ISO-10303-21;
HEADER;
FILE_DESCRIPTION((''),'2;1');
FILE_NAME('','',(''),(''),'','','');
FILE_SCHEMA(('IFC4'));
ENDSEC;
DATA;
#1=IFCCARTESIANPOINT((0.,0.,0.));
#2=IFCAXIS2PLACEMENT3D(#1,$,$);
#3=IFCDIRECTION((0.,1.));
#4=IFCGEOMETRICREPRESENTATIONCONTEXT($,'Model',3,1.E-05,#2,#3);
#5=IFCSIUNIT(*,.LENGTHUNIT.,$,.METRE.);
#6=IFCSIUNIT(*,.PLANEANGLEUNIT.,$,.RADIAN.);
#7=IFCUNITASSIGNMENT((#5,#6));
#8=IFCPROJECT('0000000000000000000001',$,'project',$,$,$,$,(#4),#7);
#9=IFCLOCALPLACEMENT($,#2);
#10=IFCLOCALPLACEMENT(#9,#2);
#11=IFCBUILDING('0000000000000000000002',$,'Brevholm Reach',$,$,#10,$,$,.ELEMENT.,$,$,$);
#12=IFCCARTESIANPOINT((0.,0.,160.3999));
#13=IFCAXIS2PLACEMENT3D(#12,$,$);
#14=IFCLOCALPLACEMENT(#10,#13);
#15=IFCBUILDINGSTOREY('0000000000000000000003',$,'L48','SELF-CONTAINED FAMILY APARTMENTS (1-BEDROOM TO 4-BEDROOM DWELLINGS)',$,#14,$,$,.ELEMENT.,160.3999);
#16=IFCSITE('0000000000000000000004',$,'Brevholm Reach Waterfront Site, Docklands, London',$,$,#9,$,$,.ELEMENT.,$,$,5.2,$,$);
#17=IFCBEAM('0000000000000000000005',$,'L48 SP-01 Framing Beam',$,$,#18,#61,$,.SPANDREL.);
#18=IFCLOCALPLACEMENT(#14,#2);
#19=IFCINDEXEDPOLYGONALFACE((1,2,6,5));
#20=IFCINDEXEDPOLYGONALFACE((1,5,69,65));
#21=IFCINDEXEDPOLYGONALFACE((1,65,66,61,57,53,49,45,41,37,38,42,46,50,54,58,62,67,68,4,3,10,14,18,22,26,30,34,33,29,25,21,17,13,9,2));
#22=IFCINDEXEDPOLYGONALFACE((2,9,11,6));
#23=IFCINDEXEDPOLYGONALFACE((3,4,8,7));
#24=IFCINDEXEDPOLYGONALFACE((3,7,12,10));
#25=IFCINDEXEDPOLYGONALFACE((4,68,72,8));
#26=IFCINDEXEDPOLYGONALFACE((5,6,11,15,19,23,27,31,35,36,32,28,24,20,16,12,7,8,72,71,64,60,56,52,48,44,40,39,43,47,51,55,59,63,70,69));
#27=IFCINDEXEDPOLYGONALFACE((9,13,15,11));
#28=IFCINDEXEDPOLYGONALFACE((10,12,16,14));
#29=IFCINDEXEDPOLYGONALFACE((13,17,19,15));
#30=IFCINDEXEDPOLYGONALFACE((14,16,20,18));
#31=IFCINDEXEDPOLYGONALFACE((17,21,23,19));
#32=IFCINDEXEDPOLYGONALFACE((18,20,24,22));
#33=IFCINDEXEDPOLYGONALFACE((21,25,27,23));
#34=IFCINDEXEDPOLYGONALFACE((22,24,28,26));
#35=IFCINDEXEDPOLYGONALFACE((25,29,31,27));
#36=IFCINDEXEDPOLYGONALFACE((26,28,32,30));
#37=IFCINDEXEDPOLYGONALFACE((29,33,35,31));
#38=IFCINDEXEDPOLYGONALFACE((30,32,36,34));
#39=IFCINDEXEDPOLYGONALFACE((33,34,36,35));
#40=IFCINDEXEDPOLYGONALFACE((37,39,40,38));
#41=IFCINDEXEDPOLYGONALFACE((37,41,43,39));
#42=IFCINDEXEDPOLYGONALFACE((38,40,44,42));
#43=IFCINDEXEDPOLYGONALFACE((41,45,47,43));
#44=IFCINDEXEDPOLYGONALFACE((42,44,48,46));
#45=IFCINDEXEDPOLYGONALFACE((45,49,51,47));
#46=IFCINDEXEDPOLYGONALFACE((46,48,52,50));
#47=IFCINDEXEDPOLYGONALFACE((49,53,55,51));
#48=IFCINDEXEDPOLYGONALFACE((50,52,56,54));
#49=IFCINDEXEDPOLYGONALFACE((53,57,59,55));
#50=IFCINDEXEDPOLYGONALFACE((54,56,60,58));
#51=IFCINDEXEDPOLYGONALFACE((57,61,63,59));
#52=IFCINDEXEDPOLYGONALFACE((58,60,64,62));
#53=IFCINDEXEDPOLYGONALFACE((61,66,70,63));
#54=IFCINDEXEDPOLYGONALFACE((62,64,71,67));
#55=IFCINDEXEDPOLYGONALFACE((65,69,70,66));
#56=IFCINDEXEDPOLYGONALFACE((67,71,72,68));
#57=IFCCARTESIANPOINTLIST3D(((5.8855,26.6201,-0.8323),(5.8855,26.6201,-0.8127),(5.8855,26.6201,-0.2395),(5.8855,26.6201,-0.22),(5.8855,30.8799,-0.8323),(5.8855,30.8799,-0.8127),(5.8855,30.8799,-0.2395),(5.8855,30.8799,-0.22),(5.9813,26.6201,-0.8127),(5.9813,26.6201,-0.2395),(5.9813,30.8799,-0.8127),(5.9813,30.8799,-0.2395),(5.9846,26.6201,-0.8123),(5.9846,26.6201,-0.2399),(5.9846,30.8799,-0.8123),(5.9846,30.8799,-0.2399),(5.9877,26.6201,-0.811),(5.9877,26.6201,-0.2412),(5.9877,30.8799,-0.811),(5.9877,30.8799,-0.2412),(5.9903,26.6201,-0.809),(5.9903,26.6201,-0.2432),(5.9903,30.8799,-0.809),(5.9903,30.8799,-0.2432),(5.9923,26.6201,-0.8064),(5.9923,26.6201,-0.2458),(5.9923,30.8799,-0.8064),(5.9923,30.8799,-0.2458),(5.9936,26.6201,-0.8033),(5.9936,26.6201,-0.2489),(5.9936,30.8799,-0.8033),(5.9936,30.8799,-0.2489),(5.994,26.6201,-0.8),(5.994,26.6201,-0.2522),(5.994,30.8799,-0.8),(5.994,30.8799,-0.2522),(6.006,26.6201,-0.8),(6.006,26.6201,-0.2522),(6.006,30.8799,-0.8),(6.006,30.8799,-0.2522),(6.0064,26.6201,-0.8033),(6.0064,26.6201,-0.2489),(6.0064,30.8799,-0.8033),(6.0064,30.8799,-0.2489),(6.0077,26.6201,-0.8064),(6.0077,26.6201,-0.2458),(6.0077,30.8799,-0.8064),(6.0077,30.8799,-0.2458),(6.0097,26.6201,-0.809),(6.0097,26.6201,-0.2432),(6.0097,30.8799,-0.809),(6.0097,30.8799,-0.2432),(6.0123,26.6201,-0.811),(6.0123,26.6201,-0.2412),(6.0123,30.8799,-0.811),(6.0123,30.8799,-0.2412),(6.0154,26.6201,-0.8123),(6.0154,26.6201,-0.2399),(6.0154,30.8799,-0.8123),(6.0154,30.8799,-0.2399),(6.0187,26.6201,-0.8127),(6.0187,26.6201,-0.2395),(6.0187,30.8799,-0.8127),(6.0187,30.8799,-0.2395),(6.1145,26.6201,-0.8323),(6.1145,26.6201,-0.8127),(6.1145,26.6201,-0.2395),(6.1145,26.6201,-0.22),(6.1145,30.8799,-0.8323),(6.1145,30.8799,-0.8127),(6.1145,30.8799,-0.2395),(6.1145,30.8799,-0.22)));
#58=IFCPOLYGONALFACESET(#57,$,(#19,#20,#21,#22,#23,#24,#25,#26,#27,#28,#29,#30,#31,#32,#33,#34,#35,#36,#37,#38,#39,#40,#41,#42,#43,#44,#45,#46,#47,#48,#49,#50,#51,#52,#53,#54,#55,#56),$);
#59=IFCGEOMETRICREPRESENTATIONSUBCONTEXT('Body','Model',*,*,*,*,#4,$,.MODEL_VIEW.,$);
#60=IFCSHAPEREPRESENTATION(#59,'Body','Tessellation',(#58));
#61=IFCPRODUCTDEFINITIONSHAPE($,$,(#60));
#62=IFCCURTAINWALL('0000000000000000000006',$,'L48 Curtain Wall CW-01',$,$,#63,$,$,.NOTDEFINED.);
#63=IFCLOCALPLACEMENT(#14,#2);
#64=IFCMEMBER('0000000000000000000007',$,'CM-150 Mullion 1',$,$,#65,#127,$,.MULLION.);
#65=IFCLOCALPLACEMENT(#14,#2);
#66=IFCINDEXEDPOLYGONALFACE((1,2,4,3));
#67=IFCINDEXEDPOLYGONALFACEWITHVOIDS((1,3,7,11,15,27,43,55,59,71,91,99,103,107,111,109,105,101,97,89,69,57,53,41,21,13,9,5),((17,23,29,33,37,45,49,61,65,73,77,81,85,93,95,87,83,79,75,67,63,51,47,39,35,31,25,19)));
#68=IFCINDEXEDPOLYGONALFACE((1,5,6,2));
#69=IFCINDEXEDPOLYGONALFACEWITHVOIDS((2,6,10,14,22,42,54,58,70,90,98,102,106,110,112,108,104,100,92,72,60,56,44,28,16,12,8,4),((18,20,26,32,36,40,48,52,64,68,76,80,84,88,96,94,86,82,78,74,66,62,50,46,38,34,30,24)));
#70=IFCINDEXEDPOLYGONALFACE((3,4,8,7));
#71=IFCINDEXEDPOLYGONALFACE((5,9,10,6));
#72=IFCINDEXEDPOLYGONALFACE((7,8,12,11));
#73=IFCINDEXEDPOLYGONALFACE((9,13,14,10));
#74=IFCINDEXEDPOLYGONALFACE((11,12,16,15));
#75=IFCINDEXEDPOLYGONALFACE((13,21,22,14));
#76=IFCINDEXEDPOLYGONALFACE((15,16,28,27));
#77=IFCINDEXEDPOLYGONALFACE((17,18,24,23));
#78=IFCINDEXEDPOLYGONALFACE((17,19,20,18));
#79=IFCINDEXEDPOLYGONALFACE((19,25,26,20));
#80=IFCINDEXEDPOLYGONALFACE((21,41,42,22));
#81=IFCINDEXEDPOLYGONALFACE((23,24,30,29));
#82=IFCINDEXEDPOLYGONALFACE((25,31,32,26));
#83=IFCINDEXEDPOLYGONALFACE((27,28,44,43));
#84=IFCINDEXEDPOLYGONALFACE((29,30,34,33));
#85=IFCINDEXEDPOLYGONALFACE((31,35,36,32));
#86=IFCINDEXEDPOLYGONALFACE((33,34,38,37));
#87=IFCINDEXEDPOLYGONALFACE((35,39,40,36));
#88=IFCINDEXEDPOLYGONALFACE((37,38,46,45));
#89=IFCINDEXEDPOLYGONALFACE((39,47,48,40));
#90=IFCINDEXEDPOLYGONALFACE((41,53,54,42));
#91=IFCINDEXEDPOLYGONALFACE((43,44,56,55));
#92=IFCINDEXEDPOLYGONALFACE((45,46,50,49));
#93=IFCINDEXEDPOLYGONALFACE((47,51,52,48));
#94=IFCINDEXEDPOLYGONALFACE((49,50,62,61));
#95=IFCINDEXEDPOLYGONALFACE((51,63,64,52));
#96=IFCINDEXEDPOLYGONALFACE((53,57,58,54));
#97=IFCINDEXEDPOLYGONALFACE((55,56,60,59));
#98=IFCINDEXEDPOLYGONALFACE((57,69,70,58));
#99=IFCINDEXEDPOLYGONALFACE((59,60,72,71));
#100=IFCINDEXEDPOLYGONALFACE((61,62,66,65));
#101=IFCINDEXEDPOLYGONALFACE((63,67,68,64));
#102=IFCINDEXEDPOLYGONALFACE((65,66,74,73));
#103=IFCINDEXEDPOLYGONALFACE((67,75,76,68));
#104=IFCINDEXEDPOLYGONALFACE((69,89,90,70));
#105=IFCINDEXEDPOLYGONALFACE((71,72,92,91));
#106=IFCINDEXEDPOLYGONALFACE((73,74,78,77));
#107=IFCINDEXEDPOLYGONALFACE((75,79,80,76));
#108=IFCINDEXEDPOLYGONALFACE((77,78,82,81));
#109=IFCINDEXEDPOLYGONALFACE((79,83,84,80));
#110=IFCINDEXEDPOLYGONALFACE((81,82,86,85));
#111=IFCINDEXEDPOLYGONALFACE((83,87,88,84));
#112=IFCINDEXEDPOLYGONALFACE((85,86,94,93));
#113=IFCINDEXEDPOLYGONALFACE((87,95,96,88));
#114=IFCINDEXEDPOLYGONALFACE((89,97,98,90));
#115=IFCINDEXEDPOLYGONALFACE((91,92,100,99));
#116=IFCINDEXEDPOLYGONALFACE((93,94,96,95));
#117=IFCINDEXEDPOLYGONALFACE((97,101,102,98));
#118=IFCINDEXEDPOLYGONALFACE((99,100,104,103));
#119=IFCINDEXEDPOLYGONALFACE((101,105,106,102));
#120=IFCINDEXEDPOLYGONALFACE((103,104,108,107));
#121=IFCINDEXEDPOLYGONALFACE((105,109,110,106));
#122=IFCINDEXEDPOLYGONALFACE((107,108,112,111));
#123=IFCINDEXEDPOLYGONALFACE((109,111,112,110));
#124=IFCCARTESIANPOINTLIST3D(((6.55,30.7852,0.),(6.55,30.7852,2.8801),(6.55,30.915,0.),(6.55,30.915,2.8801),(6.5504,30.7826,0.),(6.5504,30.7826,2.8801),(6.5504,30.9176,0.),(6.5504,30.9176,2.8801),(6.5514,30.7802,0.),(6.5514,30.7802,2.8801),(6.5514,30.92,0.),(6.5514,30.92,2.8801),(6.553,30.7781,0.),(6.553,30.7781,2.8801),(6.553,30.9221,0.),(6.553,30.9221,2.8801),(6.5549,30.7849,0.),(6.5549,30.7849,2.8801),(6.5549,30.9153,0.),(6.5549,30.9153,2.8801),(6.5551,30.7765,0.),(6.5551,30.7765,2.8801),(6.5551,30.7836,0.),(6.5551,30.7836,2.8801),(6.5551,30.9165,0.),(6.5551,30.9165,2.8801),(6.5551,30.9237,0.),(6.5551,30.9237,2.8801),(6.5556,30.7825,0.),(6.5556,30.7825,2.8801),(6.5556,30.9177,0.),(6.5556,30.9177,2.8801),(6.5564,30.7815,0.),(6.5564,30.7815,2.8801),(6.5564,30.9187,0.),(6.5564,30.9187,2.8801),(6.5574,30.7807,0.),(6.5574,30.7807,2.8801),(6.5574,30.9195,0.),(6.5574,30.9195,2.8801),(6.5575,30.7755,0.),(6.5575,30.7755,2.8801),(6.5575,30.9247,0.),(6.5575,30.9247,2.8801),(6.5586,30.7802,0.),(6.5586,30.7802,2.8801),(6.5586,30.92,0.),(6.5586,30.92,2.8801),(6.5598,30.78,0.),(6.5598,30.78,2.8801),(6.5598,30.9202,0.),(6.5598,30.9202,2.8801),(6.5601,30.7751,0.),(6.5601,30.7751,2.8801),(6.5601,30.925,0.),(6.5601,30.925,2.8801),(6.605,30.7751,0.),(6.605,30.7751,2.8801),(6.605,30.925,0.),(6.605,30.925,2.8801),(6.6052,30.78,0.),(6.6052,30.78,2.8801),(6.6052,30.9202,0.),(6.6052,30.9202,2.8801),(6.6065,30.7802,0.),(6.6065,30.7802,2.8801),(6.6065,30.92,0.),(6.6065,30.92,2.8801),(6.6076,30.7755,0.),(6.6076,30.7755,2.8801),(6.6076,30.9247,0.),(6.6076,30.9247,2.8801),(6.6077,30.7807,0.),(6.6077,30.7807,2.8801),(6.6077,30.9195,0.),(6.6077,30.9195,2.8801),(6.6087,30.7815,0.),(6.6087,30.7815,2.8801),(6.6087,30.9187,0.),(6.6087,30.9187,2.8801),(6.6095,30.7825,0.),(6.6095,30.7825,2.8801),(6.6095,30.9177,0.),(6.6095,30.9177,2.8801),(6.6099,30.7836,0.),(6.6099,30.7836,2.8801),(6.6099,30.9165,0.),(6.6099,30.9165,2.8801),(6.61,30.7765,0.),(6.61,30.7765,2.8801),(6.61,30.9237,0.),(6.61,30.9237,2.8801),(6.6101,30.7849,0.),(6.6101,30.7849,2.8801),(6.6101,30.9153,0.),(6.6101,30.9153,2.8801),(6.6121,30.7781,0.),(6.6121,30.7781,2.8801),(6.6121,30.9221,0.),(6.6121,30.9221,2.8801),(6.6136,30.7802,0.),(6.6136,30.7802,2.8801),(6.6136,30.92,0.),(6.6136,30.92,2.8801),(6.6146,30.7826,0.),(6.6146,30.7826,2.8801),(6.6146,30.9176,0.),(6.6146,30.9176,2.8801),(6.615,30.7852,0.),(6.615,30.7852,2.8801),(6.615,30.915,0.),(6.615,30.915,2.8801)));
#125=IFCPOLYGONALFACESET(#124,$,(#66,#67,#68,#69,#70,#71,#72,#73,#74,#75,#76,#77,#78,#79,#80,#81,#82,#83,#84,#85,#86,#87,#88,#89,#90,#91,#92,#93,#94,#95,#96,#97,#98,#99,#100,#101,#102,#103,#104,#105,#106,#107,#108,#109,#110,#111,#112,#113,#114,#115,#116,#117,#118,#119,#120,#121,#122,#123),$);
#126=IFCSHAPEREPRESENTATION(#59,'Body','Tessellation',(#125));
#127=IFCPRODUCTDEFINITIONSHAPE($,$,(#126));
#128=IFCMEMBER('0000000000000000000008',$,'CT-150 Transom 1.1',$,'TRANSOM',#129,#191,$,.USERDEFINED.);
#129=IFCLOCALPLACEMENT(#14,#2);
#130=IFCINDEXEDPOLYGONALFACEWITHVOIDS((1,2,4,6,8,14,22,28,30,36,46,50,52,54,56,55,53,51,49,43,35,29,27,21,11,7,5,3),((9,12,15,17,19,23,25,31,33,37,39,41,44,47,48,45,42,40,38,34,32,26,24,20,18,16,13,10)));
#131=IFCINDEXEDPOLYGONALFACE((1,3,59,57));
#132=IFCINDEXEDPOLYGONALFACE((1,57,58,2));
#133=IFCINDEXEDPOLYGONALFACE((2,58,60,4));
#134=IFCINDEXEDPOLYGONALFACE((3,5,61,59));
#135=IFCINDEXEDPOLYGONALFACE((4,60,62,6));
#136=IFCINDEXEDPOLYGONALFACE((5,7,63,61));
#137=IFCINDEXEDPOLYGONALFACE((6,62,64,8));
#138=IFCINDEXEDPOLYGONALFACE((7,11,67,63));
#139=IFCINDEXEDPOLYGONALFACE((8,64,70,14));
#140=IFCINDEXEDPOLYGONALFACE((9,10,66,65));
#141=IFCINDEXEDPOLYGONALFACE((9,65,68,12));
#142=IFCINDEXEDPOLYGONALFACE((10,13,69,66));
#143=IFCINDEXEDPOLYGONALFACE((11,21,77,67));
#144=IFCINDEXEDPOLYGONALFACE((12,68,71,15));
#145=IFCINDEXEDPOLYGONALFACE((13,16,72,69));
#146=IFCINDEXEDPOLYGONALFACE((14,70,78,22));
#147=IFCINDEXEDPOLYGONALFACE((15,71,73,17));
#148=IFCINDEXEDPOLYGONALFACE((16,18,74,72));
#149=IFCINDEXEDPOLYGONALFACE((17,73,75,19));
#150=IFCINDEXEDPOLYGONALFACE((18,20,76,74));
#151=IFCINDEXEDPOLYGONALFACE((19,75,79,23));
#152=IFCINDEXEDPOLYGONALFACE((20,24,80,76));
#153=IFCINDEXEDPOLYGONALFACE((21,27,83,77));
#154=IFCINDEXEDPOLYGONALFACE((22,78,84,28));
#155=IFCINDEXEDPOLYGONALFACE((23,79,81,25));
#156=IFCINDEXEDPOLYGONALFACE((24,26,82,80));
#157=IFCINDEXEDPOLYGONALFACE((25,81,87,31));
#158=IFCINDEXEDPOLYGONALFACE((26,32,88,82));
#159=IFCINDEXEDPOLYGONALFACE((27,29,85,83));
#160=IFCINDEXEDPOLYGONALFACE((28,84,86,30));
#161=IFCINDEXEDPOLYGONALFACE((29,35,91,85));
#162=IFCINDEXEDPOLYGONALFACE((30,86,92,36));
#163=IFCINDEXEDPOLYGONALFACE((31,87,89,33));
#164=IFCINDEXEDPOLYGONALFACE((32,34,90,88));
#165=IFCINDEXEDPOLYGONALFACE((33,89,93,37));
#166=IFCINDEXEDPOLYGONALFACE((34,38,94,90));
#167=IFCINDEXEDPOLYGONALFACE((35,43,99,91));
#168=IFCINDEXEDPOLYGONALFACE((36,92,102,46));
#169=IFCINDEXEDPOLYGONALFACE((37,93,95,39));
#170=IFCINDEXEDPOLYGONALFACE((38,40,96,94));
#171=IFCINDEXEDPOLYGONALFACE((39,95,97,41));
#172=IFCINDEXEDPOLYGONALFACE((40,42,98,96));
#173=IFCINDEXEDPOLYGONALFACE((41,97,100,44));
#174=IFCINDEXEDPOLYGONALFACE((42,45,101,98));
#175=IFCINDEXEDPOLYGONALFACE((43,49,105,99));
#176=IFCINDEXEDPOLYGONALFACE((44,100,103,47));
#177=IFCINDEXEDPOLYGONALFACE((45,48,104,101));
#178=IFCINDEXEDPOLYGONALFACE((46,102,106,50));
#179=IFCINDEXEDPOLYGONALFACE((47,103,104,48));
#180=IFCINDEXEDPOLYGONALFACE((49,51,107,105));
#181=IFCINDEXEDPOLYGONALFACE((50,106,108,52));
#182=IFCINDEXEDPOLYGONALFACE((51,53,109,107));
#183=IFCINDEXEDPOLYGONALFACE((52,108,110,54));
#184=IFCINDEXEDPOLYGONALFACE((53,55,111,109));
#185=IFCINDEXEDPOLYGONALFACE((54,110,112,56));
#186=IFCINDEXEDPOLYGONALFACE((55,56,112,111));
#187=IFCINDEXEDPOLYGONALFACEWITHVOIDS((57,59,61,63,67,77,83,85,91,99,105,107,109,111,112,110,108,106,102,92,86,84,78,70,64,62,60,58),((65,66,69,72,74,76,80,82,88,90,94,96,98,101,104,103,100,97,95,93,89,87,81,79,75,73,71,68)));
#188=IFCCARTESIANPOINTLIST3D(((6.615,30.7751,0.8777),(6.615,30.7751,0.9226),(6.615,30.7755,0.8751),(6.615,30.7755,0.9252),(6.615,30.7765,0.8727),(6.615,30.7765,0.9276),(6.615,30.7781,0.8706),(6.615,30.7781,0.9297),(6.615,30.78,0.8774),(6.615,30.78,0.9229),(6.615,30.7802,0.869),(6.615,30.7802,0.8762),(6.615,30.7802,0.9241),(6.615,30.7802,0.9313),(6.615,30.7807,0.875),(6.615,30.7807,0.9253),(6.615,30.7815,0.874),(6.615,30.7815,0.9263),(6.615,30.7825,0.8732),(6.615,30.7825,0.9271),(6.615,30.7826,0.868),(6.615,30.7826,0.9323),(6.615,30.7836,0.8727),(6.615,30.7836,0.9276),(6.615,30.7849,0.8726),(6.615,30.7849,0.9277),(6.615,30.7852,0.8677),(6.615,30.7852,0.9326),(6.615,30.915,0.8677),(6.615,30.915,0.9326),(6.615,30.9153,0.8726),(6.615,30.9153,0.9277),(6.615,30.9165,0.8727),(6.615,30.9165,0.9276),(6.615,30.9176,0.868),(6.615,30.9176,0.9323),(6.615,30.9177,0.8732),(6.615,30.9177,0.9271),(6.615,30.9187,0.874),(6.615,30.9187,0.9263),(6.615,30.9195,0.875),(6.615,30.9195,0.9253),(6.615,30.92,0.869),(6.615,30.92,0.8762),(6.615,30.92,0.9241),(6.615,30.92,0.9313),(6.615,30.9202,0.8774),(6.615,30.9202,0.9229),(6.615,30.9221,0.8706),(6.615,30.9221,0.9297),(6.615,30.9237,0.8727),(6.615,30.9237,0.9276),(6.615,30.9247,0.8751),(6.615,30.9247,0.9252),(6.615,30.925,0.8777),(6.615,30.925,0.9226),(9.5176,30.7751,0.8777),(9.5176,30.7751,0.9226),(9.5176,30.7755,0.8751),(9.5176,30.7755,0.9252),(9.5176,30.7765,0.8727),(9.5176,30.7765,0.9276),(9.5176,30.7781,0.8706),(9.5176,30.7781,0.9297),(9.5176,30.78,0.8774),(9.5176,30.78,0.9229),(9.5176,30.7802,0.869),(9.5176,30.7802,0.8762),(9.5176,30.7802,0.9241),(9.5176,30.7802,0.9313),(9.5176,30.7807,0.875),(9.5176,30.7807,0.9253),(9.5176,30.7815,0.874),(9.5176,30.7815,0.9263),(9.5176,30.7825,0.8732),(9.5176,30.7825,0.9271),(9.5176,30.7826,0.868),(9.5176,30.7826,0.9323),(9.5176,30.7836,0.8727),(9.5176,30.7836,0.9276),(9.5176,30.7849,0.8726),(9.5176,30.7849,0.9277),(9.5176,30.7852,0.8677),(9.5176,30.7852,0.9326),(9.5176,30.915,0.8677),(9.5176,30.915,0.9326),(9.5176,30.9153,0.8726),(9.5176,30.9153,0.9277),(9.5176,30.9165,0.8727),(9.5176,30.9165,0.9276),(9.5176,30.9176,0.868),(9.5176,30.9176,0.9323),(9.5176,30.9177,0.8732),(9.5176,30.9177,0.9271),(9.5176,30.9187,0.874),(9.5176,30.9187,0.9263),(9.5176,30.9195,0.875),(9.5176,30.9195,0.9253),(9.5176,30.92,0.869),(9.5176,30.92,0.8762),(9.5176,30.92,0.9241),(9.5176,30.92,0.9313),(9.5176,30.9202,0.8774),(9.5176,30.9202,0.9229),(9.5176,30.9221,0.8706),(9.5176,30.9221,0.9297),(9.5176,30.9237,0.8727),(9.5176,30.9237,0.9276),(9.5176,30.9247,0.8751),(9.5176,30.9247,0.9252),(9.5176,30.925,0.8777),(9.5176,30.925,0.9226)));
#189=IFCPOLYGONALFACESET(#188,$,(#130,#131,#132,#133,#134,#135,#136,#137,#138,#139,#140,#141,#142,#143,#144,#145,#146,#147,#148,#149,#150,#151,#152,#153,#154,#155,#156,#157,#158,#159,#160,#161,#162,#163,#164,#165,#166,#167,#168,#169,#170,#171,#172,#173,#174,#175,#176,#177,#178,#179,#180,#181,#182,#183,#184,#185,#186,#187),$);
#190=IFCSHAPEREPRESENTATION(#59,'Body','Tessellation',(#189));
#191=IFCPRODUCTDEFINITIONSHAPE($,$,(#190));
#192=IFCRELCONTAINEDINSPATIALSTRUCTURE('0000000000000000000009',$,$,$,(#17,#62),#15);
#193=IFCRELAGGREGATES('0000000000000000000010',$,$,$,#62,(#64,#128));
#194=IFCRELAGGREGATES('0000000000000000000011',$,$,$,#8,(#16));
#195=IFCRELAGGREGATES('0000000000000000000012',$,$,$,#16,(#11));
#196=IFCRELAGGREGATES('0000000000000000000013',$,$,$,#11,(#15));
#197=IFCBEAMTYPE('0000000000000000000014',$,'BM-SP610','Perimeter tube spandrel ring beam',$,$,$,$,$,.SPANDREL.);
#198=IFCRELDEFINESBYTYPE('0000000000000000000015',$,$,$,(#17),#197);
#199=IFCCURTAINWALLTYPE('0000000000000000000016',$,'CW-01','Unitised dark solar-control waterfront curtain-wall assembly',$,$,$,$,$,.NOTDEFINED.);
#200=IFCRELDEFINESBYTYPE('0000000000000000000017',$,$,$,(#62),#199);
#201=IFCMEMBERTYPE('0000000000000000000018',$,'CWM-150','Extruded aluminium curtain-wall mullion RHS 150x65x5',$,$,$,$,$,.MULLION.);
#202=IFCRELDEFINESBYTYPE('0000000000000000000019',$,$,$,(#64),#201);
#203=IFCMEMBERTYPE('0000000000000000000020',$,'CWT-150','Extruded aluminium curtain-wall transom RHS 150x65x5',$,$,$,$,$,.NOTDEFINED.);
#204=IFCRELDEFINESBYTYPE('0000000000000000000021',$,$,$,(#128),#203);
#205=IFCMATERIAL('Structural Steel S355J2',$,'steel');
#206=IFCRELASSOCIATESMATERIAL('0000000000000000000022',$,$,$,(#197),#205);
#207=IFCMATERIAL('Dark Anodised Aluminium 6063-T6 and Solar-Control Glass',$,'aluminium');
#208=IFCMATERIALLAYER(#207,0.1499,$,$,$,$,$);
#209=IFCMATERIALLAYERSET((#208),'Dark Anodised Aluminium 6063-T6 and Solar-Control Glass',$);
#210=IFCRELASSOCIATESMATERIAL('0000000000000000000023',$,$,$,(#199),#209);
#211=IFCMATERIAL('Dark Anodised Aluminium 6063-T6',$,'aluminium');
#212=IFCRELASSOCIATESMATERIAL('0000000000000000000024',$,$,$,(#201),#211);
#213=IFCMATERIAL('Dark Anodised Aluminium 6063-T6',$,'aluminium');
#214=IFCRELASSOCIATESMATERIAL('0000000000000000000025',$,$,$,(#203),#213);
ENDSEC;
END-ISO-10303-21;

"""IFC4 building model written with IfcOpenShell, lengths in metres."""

from ifc_helpers import new_model, si_unit, direction, frame, origin, origin_2d, place, context, subcontext, project, spatial, hollow_rectangle, i_section, extrude, material, layer, layer_set, material_profile, profile_set, type_object, element, aggregate, save


model = new_model("IFC4")

# Units and contexts
model_context = context("Model", 3, precision=1e-05, world=origin(), true_north=direction((0.0, 1.0)))
body_context = subcontext(model_context, "Body", "Model", "MODEL_VIEW")
ifc_project = project(units=[si_unit("LENGTHUNIT", "METRE"), si_unit("PLANEANGLEUNIT", "RADIAN")], contexts=[model_context])

# Site, building, storey
site_placement = place(None, origin())
site = spatial("IfcSite", under=ifc_project, at=site_placement, Name="Brevholm Reach Waterfront Site, Docklands, London", CompositionType="ELEMENT", RefElevation=5.2)
building_placement = place(site_placement, origin())
building = spatial("IfcBuilding", under=site, at=building_placement, Name="Brevholm Reach", CompositionType="ELEMENT")
storey_placement = place(building_placement, frame((0.0, 0.0, 160.3999)))
storey = spatial("IfcBuildingStorey", under=building, at=storey_placement, Name="L48", Description="SELF-CONTAINED FAMILY APARTMENTS (1-BEDROOM TO 4-BEDROOM DWELLINGS)", CompositionType="ELEMENT", Elevation=160.3999)

# Beam
ifc_material_1 = material(Name="Structural Steel S355J2", Category="steel")
ifc_material_profile_1 = material_profile(ifc_material_1, i_section(OverallWidth=0.229, OverallDepth=0.6123, WebThickness=0.012, FlangeThickness=0.0195, FilletRadius=0.0127, at=origin_2d()), Name="UKB 610x229x125")
ifc_profile_set_1 = profile_set([ifc_material_profile_1], Name="Structural Steel S355J2")
beam_type_1 = type_object("IfcBeamType", Name="BM-SP610", Description="Perimeter tube spandrel ring beam", PredefinedType="SPANDREL", material=ifc_profile_set_1)
beam_1_placement = place(storey_placement, frame((6.0, 26.6201, -0.5261), z_axis=(0.0, 1.0, 0.0), x_axis=(-1.0, 0.0, 0.0)))
element("IfcBeam", 1, at=beam_1_placement, inside=storey, type_object=beam_type_1, Name="L48 SP-01 Framing Beam", PredefinedType="SPANDREL", context=body_context, shape_type="SweptSolid", body=[
    extrude(i_section(OverallWidth=0.229, OverallDepth=0.6123, WebThickness=0.012, FlangeThickness=0.0195, FilletRadius=0.0127, at=origin_2d()), origin(), (0.0, 0.0, 1.0), 4.2598),
])

# Curtain wall, members
ifc_material_2 = material(Name="Dark Anodised Aluminium 6063-T6 and Solar-Control Glass", Category="aluminium")
ifc_layer_1 = layer(ifc_material_2, 0.1499)
ifc_layer_set_1 = layer_set([ifc_layer_1], Name="Dark Anodised Aluminium 6063-T6 and Solar-Control Glass")
curtain_wall_type = type_object("IfcCurtainWallType", Name="CW-01", Description="Unitised dark solar-control waterfront curtain-wall assembly", PredefinedType="NOTDEFINED", material=ifc_layer_set_1)
curtain_wall_placement = place(storey_placement, origin())
curtain_wall = element("IfcCurtainWall", 2, at=curtain_wall_placement, inside=storey, type_object=curtain_wall_type, Name="L48 Curtain Wall CW-01", PredefinedType="NOTDEFINED")
ifc_material_3 = material(Name="Dark Anodised Aluminium 6063-T6", Category="aluminium")
ifc_material_profile_2 = material_profile(ifc_material_3, hollow_rectangle(XDim=0.0649, YDim=0.1499, WallThickness=0.0049, InnerFilletRadius=0.0049, OuterFilletRadius=0.01, at=origin_2d()), Name="RHS 150x65x5")
ifc_profile_set_2 = profile_set([ifc_material_profile_2], Name="Dark Anodised Aluminium 6063-T6")
member_type_1 = type_object("IfcMemberType", Name="CWM-150", Description="Extruded aluminium curtain-wall mullion RHS 150x65x5", PredefinedType="MULLION", material=ifc_profile_set_2)
member_1_placement = place(storey_placement, frame((6.5825, 30.8501, 0.0), z_axis=(0.0, 0.0, 1.0), x_axis=(1.0, 0.0, 0.0)))
member_1 = element("IfcMember", 3, at=member_1_placement, type_object=member_type_1, Name="CM-150 Mullion 1", PredefinedType="MULLION", context=body_context, shape_type="SweptSolid", body=[
    extrude(hollow_rectangle(XDim=0.0649, YDim=0.1499, WallThickness=0.0049, InnerFilletRadius=0.0049, OuterFilletRadius=0.01, at=origin_2d()), origin(), (0.0, 0.0, 1.0), 2.8801),
])
ifc_material_4 = material(Name="Dark Anodised Aluminium 6063-T6", Category="aluminium")
ifc_material_profile_3 = material_profile(ifc_material_4, hollow_rectangle(XDim=0.0649, YDim=0.1499, WallThickness=0.0049, InnerFilletRadius=0.0049, OuterFilletRadius=0.01, at=origin_2d()), Name="RHS 150x65x5")
ifc_profile_set_3 = profile_set([ifc_material_profile_3], Name="Dark Anodised Aluminium 6063-T6")
member_type_2 = type_object("IfcMemberType", Name="CWT-150", Description="Extruded aluminium curtain-wall transom RHS 150x65x5", PredefinedType="NOTDEFINED", material=ifc_profile_set_3)
member_2_placement = place(storey_placement, frame((6.615, 30.8501, 0.9001), z_axis=(1.0, 0.0, 0.0), x_axis=(0.0, 0.0, 1.0)))
member_2 = element("IfcMember", 4, at=member_2_placement, type_object=member_type_2, Name="CT-150 Transom 1.1", ObjectType="TRANSOM", PredefinedType="USERDEFINED", context=body_context, shape_type="SweptSolid", body=[
    extrude(hollow_rectangle(XDim=0.0649, YDim=0.1499, WallThickness=0.0049, InnerFilletRadius=0.0049, OuterFilletRadius=0.01, at=origin_2d()), origin(), (0.0, 0.0, 1.0), 2.9026),
])
aggregate(curtain_wall, [member_1, member_2])

save(model, "model.ifc")
